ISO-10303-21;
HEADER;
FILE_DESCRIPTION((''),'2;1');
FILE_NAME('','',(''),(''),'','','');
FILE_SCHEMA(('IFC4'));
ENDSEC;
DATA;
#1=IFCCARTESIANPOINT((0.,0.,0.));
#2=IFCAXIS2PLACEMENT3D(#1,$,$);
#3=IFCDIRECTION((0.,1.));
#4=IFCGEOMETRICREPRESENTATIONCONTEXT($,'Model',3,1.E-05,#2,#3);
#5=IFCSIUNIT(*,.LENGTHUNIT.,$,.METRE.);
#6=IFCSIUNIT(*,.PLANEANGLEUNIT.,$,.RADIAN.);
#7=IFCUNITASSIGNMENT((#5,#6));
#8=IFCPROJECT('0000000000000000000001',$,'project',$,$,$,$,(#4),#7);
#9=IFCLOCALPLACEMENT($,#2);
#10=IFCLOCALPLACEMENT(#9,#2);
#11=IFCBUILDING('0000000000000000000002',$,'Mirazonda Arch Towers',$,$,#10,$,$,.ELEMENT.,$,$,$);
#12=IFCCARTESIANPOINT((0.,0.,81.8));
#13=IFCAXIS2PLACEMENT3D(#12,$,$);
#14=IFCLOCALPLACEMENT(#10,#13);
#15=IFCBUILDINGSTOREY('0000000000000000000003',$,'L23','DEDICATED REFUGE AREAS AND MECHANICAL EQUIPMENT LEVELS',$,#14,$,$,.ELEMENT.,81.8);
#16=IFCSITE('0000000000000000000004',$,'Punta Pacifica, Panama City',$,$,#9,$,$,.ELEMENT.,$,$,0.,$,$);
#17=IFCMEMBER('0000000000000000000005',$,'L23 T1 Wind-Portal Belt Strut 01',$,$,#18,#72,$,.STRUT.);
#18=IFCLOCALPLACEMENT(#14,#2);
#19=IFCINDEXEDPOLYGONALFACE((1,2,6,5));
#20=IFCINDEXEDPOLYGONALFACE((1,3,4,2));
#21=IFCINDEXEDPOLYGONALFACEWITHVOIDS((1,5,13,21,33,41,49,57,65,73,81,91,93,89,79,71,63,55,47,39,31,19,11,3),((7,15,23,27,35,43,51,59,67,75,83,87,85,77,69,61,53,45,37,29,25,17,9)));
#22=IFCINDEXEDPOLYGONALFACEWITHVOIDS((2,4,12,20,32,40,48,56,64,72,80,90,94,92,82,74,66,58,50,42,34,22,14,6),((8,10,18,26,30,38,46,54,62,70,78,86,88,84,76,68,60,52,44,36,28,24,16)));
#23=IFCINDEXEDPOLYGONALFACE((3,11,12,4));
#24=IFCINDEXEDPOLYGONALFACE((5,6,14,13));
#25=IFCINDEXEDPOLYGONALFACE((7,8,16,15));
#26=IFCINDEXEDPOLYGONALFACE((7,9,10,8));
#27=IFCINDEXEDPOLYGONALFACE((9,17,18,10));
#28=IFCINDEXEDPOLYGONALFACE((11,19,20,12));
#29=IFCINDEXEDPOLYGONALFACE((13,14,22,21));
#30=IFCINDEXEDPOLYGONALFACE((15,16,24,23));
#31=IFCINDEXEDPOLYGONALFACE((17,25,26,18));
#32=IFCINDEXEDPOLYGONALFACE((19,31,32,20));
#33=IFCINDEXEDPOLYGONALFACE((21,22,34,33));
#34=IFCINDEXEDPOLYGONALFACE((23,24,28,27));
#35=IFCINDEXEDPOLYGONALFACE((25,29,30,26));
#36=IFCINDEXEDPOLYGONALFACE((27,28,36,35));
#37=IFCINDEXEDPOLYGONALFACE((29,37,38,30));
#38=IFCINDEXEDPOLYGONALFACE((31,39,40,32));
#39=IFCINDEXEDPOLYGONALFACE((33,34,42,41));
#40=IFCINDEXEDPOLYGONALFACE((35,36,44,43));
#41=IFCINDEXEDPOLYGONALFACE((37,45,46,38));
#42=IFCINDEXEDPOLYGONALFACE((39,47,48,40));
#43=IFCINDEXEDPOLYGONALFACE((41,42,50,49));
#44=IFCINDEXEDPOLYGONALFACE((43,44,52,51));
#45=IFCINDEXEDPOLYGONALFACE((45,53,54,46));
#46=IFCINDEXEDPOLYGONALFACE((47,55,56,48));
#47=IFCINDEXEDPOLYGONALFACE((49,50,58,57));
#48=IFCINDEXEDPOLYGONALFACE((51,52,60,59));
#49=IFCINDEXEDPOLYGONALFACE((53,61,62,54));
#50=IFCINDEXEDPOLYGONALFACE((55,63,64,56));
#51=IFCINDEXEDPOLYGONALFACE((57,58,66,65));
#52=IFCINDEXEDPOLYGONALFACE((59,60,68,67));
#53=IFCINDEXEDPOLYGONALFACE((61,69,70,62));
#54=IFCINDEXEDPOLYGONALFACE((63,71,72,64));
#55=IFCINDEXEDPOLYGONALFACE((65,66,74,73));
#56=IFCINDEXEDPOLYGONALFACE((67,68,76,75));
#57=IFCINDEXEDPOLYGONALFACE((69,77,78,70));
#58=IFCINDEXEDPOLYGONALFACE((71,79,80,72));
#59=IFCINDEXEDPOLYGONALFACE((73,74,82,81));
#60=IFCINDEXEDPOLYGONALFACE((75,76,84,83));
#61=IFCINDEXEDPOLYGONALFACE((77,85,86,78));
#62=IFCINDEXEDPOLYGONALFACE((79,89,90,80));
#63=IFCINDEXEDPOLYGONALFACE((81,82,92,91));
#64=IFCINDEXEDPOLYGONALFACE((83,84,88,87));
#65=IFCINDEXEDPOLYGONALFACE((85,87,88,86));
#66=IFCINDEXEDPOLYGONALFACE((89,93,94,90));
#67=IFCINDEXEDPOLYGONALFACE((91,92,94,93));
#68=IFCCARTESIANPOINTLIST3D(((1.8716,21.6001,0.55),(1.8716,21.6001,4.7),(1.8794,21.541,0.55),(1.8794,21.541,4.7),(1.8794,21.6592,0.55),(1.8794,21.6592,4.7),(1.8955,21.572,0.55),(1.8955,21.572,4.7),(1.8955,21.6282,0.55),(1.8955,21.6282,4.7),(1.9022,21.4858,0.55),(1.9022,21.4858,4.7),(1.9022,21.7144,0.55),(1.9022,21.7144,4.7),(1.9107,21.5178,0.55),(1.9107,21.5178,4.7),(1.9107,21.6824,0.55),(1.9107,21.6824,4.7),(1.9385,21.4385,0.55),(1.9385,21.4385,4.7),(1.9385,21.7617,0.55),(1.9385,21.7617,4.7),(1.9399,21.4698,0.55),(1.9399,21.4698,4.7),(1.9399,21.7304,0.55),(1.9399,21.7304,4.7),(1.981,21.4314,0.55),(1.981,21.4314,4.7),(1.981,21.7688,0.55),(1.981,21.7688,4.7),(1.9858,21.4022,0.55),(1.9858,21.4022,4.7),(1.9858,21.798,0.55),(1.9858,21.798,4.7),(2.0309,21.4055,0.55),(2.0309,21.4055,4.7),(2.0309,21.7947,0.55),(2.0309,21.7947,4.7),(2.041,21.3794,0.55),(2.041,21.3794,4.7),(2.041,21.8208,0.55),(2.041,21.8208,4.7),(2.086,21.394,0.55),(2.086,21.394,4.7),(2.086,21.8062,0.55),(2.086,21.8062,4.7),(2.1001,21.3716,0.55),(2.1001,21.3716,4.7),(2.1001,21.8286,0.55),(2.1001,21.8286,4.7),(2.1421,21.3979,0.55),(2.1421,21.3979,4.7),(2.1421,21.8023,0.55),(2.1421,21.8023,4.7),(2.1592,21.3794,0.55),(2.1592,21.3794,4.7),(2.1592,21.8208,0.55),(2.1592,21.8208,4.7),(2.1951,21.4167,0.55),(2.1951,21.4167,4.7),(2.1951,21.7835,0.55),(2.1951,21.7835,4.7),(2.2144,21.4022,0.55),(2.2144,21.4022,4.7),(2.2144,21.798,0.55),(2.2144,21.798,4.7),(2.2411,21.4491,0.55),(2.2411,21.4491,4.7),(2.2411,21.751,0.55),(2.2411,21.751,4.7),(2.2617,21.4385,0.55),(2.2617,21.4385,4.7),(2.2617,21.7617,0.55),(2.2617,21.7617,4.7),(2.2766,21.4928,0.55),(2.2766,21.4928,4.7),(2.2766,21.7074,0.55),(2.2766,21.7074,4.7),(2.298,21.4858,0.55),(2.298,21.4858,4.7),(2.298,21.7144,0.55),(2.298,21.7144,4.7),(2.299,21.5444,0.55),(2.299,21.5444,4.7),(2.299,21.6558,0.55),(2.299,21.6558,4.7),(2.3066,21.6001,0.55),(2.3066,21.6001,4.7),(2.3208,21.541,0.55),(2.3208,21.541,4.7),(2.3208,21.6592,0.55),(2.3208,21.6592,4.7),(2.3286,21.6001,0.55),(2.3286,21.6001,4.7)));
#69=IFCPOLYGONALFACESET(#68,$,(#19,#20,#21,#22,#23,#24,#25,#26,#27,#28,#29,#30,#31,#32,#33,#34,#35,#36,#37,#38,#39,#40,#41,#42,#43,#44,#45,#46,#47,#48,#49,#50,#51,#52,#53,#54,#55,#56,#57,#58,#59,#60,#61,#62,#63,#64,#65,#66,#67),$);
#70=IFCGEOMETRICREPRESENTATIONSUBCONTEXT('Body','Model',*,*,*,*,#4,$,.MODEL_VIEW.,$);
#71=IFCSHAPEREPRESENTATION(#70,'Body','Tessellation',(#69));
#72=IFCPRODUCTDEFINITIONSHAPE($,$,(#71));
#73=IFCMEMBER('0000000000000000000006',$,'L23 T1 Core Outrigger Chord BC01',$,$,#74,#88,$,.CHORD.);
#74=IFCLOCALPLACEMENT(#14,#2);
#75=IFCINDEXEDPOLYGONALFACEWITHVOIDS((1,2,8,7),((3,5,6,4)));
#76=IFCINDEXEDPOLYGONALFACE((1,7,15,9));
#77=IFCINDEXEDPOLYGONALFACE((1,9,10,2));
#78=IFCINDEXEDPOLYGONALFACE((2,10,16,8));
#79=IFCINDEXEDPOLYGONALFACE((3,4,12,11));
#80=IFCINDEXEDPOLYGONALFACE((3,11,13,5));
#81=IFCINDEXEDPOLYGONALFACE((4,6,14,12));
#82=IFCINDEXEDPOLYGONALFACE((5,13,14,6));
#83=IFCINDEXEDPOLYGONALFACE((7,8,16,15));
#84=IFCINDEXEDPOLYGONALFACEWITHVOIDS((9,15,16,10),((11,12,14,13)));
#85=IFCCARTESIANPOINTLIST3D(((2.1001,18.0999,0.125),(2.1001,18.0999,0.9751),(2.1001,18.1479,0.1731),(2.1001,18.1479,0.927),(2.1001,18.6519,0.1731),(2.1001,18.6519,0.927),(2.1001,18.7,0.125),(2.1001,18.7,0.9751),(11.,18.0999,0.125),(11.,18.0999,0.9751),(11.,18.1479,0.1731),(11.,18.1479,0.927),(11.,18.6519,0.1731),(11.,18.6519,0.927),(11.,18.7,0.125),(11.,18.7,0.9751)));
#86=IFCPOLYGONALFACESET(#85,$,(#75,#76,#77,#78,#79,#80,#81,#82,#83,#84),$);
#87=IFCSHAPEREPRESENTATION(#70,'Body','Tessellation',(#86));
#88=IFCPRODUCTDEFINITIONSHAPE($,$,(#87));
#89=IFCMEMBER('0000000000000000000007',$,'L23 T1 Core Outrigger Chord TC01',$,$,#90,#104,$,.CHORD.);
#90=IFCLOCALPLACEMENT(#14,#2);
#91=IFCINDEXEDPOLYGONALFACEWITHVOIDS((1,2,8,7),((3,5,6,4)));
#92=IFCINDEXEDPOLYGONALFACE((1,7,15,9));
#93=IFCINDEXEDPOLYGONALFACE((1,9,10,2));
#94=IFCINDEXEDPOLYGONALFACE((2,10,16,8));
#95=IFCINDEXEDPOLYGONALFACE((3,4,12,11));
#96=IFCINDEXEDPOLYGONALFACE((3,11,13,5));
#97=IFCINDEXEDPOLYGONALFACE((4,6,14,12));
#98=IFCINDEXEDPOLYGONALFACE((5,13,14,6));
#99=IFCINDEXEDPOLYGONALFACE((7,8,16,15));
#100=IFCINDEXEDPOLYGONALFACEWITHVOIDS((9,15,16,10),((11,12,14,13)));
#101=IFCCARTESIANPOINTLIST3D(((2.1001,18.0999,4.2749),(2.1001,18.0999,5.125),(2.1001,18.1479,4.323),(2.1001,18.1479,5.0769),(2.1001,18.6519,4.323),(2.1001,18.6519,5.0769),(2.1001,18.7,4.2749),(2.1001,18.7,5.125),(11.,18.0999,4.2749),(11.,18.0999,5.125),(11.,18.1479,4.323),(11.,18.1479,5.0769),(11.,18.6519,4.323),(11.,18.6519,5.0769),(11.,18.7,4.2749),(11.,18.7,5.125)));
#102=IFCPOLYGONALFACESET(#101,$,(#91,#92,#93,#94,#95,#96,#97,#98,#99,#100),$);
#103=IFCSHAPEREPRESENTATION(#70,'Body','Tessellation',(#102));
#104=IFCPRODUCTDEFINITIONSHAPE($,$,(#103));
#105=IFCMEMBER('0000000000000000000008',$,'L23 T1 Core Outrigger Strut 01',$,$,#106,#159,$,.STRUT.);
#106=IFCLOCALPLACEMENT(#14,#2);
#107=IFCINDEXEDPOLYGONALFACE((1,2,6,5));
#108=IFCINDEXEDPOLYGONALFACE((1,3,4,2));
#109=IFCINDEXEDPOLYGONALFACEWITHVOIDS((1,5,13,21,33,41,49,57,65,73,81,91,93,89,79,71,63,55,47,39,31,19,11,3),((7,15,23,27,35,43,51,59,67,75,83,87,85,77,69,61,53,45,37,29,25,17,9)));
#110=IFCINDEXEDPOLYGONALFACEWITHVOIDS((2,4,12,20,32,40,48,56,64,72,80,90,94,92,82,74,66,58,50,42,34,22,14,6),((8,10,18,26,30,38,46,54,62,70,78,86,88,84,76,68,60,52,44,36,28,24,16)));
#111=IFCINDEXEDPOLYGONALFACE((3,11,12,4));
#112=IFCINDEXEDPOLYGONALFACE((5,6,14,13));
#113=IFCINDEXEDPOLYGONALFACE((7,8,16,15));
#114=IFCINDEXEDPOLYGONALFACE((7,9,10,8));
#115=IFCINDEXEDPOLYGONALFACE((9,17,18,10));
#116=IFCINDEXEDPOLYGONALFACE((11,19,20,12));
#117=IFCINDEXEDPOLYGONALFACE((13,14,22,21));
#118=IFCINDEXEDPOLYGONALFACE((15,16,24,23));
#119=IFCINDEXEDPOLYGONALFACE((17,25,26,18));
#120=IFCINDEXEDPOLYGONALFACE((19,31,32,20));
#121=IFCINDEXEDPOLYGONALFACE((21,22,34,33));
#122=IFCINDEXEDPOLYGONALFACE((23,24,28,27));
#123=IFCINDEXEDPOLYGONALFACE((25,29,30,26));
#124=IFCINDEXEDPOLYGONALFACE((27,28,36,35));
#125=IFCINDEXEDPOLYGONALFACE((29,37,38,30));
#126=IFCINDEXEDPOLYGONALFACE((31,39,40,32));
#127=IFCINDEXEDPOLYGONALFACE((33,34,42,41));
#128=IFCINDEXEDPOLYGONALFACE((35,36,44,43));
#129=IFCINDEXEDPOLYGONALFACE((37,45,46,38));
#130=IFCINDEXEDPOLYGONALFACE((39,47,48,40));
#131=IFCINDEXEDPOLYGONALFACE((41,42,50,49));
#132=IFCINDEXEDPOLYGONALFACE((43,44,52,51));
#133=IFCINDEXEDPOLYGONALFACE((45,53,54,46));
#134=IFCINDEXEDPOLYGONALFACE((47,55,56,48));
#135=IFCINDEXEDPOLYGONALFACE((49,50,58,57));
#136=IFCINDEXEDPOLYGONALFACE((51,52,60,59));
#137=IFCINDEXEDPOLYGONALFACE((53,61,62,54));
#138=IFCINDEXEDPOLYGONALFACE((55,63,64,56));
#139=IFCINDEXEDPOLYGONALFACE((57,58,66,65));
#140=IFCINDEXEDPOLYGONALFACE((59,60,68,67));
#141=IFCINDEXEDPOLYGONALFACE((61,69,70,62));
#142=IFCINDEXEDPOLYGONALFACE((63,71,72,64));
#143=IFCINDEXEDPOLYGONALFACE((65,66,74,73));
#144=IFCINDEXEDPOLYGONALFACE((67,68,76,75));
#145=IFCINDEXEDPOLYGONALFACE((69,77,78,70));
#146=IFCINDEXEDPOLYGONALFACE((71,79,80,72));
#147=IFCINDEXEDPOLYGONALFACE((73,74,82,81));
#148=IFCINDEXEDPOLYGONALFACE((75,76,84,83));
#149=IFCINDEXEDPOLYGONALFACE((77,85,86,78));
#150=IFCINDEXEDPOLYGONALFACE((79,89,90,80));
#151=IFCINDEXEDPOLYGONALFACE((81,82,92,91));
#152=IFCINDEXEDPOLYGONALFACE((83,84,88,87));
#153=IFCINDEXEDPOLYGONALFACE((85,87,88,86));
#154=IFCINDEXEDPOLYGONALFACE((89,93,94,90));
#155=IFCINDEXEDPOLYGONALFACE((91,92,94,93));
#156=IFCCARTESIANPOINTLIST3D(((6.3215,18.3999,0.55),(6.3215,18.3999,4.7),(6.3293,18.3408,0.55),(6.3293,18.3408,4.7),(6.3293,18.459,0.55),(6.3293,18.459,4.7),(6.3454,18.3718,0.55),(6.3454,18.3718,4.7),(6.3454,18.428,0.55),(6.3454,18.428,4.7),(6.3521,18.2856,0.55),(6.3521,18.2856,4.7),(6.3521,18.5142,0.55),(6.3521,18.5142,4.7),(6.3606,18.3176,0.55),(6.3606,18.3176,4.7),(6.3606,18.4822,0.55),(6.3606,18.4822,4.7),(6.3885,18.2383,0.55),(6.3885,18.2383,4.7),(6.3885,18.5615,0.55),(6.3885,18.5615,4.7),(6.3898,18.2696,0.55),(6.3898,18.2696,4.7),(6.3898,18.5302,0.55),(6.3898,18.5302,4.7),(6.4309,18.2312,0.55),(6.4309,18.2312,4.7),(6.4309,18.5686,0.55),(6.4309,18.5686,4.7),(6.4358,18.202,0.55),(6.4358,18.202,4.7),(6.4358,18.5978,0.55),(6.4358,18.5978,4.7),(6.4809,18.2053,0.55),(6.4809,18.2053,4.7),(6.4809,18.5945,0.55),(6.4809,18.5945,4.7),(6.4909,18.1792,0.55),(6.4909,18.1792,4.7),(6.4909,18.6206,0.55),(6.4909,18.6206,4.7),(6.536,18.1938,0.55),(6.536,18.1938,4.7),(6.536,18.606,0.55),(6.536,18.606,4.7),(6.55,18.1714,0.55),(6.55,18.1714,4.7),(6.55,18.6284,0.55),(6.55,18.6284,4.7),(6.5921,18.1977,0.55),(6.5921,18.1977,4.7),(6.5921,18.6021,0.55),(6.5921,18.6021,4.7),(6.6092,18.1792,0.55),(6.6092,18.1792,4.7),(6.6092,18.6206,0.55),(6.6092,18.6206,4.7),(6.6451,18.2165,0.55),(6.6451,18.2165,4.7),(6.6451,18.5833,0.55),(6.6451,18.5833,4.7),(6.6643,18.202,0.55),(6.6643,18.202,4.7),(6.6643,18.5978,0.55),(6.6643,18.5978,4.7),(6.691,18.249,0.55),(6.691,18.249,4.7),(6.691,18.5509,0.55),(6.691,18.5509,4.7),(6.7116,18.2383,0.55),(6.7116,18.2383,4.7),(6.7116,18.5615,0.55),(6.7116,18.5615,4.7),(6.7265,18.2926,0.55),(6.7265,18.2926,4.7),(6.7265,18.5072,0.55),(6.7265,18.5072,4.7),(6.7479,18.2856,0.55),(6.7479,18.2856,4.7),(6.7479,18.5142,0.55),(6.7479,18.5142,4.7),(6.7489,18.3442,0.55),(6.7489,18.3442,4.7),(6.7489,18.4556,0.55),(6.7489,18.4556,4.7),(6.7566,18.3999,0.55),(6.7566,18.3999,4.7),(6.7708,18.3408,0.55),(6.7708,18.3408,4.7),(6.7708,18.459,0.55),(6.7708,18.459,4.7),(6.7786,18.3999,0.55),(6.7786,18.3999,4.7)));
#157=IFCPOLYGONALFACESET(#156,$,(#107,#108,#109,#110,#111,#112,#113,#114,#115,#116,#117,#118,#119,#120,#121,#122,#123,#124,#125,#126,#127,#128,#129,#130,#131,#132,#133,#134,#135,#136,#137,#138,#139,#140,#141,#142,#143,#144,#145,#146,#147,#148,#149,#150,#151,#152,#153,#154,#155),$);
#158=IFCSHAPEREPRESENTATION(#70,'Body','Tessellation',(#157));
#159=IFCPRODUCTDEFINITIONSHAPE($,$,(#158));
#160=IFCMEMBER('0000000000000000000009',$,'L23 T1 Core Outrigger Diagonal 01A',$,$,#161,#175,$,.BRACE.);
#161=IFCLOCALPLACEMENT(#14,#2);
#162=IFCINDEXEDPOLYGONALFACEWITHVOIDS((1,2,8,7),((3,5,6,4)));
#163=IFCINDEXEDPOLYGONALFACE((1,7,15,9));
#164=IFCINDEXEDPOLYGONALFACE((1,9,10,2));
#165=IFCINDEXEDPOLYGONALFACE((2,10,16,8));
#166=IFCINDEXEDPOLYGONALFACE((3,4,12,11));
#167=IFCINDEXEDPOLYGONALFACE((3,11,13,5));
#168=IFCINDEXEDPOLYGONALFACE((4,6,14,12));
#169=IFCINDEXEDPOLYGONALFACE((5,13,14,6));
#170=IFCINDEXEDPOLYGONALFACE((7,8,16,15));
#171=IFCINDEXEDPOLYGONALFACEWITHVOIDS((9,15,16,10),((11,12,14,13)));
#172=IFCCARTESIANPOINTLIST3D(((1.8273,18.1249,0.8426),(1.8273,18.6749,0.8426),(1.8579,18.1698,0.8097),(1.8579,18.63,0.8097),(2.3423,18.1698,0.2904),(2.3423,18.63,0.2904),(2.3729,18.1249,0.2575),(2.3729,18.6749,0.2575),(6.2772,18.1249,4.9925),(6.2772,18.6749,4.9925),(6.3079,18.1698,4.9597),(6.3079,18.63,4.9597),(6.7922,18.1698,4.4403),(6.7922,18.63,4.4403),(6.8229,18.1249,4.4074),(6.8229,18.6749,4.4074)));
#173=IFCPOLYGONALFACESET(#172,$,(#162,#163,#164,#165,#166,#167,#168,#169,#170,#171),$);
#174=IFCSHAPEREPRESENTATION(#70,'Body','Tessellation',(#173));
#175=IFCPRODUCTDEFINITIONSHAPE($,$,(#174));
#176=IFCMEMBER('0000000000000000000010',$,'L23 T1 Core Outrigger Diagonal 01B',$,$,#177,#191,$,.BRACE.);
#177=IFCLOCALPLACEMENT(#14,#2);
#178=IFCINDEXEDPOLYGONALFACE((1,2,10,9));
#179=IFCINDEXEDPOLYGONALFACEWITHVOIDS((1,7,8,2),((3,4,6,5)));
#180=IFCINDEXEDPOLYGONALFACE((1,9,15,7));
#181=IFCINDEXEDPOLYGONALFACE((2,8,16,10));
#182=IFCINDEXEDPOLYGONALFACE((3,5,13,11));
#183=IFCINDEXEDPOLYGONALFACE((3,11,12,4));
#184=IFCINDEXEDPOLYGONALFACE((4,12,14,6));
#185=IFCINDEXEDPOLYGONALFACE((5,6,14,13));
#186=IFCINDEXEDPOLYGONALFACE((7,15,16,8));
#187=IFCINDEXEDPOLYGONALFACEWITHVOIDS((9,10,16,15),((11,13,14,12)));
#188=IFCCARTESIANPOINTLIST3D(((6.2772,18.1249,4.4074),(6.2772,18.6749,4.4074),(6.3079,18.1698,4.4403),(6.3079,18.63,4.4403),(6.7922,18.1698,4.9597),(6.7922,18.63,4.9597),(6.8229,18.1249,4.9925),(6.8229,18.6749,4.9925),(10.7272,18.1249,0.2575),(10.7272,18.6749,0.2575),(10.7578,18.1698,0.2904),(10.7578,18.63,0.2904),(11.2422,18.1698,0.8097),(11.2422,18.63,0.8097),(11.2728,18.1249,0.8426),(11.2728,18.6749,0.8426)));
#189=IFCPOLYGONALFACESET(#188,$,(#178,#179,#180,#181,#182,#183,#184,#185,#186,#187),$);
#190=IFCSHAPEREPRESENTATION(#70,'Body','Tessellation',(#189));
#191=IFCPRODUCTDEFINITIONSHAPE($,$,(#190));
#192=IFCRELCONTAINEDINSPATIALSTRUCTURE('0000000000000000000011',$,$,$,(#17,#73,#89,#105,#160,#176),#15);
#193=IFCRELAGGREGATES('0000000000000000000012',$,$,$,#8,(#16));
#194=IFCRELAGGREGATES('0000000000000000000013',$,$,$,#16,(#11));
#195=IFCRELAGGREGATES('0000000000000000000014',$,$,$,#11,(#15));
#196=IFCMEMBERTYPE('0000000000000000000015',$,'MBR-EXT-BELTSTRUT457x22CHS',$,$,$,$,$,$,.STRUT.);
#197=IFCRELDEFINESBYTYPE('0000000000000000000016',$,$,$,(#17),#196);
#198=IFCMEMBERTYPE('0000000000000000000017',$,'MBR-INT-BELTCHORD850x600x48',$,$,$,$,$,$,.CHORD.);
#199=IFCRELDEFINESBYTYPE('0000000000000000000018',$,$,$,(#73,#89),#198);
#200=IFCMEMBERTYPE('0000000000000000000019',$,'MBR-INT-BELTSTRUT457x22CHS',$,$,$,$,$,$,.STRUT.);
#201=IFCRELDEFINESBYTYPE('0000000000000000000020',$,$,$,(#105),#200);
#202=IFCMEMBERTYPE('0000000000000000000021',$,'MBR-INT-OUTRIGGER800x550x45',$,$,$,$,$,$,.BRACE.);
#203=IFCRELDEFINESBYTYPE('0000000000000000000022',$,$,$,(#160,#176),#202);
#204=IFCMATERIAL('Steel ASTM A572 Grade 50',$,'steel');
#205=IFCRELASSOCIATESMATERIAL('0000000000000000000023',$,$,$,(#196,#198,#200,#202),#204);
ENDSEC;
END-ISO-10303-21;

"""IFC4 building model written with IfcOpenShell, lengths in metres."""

from ifc_helpers import new_model, si_unit, direction, frame, origin, origin_2d, place, context, subcontext, project, spatial, hollow_rectangle, hollow_circle, extrude, material, material_profile, profile_set, type_object, element, save


model = new_model("IFC4")

# Units and contexts
model_context = context("Model", 3, precision=1e-05, world=origin(), true_north=direction((0.0, 1.0)))
body_context = subcontext(model_context, "Body", "Model", "MODEL_VIEW")
ifc_project = project(units=[si_unit("LENGTHUNIT", "METRE"), si_unit("PLANEANGLEUNIT", "RADIAN")], contexts=[model_context])

# Site, building, storey
site_placement = place(None, origin())
site = spatial("IfcSite", under=ifc_project, at=site_placement, Name="Punta Pacifica, Panama City", CompositionType="ELEMENT", RefElevation=0.0)
building_placement = place(site_placement, origin())
building = spatial("IfcBuilding", under=site, at=building_placement, Name="Mirazonda Arch Towers", CompositionType="ELEMENT")
storey_placement = place(building_placement, frame((0.0, 0.0, 81.8)))
storey = spatial("IfcBuildingStorey", under=building, at=storey_placement, Name="L23", Description="DEDICATED REFUGE AREAS AND MECHANICAL EQUIPMENT LEVELS", CompositionType="ELEMENT", Elevation=81.8)

# Shared definitions
ifc_material_1 = material(Name="Steel ASTM A572 Grade 50", Category="steel")

# Members
ifc_material_profile_1 = material_profile(ifc_material_1, hollow_circle(Radius=0.2285, WallThickness=0.022, at=origin_2d()), Name="BELTSTRUT457x22CHS")
ifc_profile_set_1 = profile_set([ifc_material_profile_1], Name="Steel ASTM A572 Grade 50")
member_type_1 = type_object("IfcMemberType", Name="MBR-EXT-BELTSTRUT457x22CHS", PredefinedType="STRUT", material=ifc_profile_set_1)
member_1_placement = place(storey_placement, frame((2.1001, 21.6001, 0.55), z_axis=(0.0, 0.0, 1.0), x_axis=(1.0, 0.0, 0.0)))
element("IfcMember", 1, at=member_1_placement, inside=storey, type_object=member_type_1, Name="L23 T1 Wind-Portal Belt Strut 01", PredefinedType="STRUT", context=body_context, shape_type="SweptSolid", body=[
    extrude(hollow_circle(Radius=0.2285, WallThickness=0.022, at=origin_2d()), origin(), (0.0, 0.0, 1.0), 4.1499),
])
ifc_material_profile_2 = material_profile(ifc_material_1, hollow_rectangle(XDim=0.6001, YDim=0.8501, WallThickness=0.0481, at=origin_2d()), Name="BELTCHORD850x600x48")
ifc_profile_set_2 = profile_set([ifc_material_profile_2], Name="Steel ASTM A572 Grade 50")
member_type_2 = type_object("IfcMemberType", Name="MBR-INT-BELTCHORD850x600x48", PredefinedType="CHORD", material=ifc_profile_set_2)
for number, where, z_axis, x_axis, name in (
    (2, (2.1001, 18.3999, 0.55), (1.0, 0.0, 0.0), (0.0, 1.0, 0.0), "L23 T1 Core Outrigger Chord BC01"),
    (3, (2.1001, 18.3999, 4.7), (1.0, 0.0, 0.0), (0.0, 1.0, 0.0), "L23 T1 Core Outrigger Chord TC01"),
):
    element("IfcMember", number, at=place(storey_placement, frame(where, z_axis=z_axis, x_axis=x_axis)), inside=storey, type_object=member_type_2, Name=name, PredefinedType="CHORD", context=body_context, shape_type="SweptSolid", body=[
        extrude(hollow_rectangle(XDim=0.6001, YDim=0.8501, WallThickness=0.0481, at=origin_2d()), origin(), (0.0, 0.0, 1.0), 8.8999),
    ])
ifc_material_profile_3 = material_profile(ifc_material_1, hollow_circle(Radius=0.2285, WallThickness=0.022, at=origin_2d()), Name="BELTSTRUT457x22CHS")
ifc_profile_set_3 = profile_set([ifc_material_profile_3], Name="Steel ASTM A572 Grade 50")
member_type_3 = type_object("IfcMemberType", Name="MBR-INT-BELTSTRUT457x22CHS", PredefinedType="STRUT", material=ifc_profile_set_3)
member_2_placement = place(storey_placement, frame((6.55, 18.3999, 0.55), z_axis=(0.0, 0.0, 1.0), x_axis=(1.0, 0.0, 0.0)))
element("IfcMember", 4, at=member_2_placement, inside=storey, type_object=member_type_3, Name="L23 T1 Core Outrigger Strut 01", PredefinedType="STRUT", context=body_context, shape_type="SweptSolid", body=[
    extrude(hollow_circle(Radius=0.2285, WallThickness=0.022, at=origin_2d()), origin(), (0.0, 0.0, 1.0), 4.1499),
])
ifc_material_profile_4 = material_profile(ifc_material_1, hollow_rectangle(XDim=0.55, YDim=0.8, WallThickness=0.0449, at=origin_2d()), Name="OUTRIGGER800x550x45")
ifc_profile_set_4 = profile_set([ifc_material_profile_4], Name="Steel ASTM A572 Grade 50")
member_type_4 = type_object("IfcMemberType", Name="MBR-INT-OUTRIGGER800x550x45", PredefinedType="BRACE", material=ifc_profile_set_4)
for number, where, z_axis, x_axis, name in (
    (5, (2.1001, 18.3999, 0.55), (0.731333, 0.0, 0.682021), (0.0, 1.0, 0.0), "L23 T1 Core Outrigger Diagonal 01A"),
    (6, (11.0, 18.3999, 0.55), (-0.731333, 0.0, 0.682021), (0.0, -1.0, 0.0), "L23 T1 Core Outrigger Diagonal 01B"),
):
    element("IfcMember", number, at=place(storey_placement, frame(where, z_axis=z_axis, x_axis=x_axis)), inside=storey, type_object=member_type_4, Name=name, PredefinedType="BRACE", context=body_context, shape_type="SweptSolid", body=[
        extrude(hollow_rectangle(XDim=0.55, YDim=0.8, WallThickness=0.0449, at=origin_2d()), origin(), (0.0, 0.0, 1.0), 6.0847),
    ])

save(model, "model.ifc")
